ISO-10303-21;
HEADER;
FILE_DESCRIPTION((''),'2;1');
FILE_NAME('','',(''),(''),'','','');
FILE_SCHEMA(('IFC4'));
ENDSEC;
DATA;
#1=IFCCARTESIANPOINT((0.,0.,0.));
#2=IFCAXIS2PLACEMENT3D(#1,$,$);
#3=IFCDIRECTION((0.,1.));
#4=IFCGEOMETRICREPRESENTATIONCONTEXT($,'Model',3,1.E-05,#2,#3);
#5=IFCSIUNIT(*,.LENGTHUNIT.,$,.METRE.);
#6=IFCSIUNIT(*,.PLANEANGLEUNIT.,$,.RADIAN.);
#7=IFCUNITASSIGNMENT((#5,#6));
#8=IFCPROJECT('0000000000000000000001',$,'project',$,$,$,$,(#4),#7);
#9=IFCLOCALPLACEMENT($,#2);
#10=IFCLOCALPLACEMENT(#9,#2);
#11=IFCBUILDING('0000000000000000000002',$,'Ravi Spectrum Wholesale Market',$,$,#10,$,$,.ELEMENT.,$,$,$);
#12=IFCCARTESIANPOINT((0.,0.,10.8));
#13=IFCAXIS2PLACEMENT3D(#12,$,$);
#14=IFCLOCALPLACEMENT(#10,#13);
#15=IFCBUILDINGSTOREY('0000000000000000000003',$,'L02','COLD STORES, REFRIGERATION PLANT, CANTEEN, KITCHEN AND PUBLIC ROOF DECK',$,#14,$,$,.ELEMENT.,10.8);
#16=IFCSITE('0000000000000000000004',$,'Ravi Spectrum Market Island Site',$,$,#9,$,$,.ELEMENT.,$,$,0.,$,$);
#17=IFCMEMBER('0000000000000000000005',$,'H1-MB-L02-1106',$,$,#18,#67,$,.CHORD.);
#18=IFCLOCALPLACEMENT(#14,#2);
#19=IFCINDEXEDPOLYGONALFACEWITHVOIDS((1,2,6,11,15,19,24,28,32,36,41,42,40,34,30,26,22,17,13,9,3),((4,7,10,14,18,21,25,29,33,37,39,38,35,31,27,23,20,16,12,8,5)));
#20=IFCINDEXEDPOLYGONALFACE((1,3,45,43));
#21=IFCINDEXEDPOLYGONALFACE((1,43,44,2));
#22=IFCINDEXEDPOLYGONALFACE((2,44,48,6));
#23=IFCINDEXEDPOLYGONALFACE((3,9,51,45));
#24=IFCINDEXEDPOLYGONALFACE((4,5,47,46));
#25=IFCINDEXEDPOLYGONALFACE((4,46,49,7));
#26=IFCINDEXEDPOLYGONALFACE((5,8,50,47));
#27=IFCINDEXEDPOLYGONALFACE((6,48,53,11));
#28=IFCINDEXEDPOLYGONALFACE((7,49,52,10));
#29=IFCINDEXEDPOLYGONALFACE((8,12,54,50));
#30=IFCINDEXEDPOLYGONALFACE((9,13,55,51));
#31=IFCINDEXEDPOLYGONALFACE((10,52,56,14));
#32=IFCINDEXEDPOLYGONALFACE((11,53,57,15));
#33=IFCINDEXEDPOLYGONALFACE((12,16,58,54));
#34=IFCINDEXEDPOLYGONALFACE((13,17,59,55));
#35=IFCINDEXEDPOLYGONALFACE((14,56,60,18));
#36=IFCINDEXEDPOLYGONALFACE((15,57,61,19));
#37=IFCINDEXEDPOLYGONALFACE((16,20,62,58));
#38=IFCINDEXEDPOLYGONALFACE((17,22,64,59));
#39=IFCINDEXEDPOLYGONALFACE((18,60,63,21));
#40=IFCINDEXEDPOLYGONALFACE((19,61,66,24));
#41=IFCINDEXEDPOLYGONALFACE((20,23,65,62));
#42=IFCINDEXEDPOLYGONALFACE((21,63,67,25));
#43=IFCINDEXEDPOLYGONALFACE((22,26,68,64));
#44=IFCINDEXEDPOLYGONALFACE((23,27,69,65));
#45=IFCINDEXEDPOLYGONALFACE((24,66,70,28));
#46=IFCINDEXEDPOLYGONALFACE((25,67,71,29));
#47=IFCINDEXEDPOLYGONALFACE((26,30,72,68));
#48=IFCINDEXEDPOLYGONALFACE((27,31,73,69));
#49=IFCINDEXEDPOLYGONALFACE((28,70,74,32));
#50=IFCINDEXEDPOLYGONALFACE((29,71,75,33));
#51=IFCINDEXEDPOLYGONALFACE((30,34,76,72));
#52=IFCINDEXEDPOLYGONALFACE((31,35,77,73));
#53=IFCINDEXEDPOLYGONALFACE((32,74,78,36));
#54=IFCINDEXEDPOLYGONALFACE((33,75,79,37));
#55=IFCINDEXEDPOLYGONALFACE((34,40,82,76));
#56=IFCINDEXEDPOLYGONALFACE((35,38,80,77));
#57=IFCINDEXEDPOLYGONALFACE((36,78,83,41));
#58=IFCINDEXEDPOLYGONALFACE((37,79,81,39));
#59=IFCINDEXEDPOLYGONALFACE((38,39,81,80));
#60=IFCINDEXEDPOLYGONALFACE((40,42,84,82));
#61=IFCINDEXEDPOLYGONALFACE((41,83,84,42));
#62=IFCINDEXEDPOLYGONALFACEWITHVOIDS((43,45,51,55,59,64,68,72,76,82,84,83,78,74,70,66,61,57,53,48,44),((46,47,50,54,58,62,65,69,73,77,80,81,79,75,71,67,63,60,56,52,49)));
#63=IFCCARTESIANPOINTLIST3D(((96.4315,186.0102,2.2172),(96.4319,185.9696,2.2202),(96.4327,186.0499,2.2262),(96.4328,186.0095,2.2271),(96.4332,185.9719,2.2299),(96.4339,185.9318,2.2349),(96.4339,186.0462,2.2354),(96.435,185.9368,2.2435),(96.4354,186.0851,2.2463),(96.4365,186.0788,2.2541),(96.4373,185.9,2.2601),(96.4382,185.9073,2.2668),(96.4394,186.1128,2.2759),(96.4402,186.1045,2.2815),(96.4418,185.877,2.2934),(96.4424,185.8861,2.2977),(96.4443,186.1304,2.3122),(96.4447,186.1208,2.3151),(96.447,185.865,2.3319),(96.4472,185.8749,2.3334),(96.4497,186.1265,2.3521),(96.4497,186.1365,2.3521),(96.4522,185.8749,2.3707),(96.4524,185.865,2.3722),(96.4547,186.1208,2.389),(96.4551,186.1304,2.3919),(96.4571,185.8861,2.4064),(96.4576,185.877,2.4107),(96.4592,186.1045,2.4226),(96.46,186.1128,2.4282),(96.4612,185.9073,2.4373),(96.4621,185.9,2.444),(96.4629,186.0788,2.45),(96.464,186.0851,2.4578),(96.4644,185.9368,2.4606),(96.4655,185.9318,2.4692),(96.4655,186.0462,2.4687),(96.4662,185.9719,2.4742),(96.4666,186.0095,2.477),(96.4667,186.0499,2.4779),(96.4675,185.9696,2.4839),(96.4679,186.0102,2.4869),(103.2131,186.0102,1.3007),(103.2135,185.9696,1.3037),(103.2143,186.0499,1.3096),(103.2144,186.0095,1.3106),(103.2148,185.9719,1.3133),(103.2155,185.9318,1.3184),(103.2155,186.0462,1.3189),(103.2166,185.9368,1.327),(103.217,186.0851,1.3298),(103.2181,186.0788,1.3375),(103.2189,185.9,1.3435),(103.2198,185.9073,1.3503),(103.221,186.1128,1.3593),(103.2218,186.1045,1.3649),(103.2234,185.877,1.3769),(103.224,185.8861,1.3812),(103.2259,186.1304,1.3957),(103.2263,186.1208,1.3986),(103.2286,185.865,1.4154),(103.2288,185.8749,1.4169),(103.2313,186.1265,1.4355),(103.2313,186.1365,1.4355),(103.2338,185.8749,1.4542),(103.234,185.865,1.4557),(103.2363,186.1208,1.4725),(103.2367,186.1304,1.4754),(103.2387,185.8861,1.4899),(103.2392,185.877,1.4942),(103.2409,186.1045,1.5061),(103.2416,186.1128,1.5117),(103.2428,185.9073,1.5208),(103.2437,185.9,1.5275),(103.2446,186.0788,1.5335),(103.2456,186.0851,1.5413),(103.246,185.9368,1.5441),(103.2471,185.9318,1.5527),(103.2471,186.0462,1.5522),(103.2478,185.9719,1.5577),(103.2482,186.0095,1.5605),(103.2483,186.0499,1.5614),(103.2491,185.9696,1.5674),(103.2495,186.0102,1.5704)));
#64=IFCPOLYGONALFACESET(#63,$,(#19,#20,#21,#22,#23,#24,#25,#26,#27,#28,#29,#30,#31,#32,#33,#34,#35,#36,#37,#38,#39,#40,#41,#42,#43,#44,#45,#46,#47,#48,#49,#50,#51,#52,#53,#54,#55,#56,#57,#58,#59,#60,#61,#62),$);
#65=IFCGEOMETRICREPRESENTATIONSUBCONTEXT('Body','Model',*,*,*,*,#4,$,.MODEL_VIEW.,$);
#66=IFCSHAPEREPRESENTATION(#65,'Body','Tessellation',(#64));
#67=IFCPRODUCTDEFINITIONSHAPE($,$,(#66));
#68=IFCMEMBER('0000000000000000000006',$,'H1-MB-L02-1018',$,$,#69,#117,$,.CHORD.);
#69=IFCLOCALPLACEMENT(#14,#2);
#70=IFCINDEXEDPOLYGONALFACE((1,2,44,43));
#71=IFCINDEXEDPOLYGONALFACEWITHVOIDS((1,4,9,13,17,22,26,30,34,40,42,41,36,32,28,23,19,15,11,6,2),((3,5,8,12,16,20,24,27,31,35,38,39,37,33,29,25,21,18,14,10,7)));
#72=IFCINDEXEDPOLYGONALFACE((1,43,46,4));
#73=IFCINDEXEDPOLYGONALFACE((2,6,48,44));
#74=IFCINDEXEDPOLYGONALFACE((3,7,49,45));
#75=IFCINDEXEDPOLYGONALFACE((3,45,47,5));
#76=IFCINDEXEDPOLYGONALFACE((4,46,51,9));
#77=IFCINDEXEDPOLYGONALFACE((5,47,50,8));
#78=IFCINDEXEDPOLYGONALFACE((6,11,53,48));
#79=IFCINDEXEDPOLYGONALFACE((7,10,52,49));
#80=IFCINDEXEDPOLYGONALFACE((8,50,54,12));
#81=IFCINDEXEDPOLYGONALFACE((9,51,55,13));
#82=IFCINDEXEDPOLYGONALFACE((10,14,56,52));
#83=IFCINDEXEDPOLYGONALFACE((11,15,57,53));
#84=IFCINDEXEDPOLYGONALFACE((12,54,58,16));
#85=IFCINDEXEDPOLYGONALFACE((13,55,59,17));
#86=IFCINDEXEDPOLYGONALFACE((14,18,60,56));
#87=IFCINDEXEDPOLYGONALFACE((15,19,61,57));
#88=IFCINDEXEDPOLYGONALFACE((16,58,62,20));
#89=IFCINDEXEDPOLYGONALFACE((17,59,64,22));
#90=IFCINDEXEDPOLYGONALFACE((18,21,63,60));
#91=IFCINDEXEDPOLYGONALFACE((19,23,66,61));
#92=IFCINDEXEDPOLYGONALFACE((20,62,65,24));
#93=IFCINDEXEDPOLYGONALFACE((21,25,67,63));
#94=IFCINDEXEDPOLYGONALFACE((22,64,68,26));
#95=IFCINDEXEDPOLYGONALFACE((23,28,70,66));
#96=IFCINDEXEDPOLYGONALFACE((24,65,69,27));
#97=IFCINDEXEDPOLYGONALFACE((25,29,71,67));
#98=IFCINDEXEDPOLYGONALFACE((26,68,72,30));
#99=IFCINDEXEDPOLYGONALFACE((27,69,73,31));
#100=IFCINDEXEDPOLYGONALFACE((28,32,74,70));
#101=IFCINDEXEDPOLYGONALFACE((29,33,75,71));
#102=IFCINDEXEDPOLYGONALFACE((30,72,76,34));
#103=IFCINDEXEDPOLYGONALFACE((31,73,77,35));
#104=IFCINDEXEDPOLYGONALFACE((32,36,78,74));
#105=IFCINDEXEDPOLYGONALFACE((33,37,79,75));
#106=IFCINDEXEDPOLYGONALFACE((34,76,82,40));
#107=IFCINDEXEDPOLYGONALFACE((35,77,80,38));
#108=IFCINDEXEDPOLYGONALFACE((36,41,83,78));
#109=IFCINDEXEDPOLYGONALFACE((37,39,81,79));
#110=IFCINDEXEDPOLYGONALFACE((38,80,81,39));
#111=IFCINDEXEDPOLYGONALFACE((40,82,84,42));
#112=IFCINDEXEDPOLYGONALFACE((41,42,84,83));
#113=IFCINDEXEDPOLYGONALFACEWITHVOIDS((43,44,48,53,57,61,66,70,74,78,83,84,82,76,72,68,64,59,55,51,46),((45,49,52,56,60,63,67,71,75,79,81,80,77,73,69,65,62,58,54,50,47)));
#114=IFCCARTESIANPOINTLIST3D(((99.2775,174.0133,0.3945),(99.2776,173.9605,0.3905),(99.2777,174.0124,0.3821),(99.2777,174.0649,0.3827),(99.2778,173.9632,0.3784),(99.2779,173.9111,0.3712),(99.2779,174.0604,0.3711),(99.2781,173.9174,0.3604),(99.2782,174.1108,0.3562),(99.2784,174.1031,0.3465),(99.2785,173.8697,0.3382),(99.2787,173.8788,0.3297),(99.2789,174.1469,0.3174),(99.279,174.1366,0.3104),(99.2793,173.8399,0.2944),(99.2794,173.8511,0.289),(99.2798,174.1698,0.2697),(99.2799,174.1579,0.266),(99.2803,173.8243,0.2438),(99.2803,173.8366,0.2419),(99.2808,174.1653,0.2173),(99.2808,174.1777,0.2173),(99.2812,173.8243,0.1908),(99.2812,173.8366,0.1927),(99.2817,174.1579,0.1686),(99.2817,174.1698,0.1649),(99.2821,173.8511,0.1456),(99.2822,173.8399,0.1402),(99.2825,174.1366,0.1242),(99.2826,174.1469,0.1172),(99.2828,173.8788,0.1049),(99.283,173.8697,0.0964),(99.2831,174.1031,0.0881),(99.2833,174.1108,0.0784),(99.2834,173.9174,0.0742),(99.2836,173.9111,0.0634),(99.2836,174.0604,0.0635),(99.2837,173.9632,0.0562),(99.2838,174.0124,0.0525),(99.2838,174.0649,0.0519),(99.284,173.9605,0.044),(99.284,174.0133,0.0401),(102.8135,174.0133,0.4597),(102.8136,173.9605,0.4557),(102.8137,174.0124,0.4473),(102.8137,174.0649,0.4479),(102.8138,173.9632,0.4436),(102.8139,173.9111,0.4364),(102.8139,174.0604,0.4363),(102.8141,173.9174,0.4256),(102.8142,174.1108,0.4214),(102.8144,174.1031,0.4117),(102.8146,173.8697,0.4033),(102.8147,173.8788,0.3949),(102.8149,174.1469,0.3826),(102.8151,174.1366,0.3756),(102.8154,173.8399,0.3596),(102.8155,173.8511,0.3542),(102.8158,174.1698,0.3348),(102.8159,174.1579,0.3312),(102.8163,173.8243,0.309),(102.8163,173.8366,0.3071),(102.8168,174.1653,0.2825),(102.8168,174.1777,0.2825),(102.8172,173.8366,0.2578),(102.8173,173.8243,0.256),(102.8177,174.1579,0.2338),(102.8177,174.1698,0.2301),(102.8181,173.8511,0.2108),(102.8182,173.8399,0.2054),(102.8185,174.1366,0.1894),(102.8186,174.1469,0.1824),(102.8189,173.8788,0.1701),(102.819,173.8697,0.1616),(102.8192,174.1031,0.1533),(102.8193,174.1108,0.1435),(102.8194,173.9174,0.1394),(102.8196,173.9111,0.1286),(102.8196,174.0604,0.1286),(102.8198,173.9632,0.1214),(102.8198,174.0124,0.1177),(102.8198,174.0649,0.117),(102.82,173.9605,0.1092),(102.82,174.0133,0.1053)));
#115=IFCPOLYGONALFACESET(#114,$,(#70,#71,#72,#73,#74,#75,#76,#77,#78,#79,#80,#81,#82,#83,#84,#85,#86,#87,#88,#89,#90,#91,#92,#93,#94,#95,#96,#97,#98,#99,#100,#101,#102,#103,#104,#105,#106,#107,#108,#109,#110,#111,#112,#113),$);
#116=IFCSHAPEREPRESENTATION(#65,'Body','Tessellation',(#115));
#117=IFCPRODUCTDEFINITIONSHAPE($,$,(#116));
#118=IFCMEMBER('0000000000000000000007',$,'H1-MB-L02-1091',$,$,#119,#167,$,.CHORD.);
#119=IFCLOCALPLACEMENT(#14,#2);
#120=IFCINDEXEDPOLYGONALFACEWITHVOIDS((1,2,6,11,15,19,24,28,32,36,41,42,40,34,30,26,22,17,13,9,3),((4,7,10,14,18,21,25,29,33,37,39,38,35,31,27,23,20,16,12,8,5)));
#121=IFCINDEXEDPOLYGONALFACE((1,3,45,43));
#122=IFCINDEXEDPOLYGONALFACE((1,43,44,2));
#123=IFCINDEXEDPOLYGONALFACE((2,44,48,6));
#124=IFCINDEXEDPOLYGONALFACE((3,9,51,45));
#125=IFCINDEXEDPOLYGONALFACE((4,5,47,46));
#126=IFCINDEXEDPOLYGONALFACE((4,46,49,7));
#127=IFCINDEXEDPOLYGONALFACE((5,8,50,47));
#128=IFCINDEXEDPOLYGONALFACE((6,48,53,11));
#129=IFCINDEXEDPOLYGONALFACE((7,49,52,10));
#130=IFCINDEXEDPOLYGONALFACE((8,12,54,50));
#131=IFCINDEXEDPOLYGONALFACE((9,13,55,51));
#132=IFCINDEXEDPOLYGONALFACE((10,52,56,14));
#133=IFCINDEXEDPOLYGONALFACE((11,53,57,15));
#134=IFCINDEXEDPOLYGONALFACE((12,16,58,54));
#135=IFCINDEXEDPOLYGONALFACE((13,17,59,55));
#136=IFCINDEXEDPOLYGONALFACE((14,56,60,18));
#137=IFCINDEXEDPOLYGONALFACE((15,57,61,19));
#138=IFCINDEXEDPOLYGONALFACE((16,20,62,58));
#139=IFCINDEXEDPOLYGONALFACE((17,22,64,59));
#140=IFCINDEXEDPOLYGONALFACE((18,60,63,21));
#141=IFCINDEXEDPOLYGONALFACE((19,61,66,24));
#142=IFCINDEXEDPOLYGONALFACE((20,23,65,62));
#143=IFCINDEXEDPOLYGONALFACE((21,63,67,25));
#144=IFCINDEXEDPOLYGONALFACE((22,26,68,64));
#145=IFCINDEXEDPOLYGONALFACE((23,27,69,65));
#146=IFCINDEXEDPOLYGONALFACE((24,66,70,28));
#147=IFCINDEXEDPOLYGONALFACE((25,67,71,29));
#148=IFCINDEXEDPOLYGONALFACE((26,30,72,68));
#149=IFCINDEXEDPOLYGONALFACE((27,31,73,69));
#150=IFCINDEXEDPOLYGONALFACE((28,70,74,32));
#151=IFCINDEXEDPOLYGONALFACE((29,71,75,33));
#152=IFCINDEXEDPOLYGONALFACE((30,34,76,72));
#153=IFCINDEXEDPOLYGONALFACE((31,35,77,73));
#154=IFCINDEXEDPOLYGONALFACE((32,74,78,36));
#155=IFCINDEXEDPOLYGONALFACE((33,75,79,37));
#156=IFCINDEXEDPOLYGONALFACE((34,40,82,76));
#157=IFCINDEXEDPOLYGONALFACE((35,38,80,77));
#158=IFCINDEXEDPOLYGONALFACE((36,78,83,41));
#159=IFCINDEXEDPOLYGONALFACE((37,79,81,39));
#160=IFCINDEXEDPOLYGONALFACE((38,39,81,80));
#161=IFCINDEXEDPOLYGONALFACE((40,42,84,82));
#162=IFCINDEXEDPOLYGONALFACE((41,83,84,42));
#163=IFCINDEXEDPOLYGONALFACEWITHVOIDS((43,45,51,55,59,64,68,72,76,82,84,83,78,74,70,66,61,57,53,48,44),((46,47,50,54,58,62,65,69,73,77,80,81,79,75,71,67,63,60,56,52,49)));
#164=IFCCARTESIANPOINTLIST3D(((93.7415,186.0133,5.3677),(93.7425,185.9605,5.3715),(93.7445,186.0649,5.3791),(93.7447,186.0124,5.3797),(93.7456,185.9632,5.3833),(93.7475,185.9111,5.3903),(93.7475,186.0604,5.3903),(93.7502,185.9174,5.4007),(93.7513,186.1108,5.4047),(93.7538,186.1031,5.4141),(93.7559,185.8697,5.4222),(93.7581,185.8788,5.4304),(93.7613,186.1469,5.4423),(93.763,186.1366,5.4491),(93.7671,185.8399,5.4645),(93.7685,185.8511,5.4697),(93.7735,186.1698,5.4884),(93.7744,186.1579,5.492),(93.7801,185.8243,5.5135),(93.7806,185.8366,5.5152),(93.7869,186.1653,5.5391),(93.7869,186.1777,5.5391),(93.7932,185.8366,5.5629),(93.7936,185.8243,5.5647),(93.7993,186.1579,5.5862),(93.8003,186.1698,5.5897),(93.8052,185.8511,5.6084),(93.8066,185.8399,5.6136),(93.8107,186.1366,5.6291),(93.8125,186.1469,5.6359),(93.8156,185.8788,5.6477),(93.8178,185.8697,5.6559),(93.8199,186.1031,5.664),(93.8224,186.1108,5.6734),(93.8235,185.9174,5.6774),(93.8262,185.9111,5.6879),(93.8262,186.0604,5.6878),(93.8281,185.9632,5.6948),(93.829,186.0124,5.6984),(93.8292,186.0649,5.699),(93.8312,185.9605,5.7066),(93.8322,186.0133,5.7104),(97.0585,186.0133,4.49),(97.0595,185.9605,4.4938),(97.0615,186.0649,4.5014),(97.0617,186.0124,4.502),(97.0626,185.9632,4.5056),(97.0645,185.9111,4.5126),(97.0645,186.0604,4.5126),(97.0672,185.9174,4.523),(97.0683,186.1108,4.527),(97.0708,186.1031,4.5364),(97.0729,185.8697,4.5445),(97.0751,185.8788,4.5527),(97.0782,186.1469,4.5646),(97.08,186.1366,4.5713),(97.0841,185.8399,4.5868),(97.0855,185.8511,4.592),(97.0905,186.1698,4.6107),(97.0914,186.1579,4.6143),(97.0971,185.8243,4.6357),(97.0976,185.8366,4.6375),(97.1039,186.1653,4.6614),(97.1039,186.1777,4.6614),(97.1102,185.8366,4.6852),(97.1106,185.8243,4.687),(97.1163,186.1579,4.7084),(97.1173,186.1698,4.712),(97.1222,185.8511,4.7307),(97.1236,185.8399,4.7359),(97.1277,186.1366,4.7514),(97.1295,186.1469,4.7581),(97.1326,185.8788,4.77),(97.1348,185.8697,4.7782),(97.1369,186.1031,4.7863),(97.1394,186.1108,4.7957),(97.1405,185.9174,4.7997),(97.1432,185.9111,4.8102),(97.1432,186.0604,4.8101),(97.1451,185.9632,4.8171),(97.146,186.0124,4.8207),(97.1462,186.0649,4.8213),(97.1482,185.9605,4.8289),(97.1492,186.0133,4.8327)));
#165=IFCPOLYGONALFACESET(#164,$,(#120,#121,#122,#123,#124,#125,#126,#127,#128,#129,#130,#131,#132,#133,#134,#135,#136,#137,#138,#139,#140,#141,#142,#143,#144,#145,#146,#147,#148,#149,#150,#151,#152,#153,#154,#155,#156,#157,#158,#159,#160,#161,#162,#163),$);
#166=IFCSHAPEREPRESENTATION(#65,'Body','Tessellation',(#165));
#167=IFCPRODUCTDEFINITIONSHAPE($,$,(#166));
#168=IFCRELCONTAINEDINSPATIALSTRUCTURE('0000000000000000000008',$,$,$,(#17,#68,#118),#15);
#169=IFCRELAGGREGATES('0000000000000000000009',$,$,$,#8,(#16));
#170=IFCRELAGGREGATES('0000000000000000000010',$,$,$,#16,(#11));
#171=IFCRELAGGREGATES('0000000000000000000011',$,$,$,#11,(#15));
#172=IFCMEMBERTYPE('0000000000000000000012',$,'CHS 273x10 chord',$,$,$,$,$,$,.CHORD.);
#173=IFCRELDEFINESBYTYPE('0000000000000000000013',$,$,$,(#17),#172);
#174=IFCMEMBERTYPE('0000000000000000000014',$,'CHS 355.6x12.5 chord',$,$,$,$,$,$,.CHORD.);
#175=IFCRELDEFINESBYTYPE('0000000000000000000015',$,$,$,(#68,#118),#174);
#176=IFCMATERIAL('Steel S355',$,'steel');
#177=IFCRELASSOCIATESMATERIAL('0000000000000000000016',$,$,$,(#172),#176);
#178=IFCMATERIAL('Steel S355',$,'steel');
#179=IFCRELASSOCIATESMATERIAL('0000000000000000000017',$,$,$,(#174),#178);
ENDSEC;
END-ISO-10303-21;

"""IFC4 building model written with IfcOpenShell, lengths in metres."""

from ifc_helpers import new_model, si_unit, direction, frame, origin, origin_2d, place, context, subcontext, project, spatial, hollow_circle, extrude, material, material_profile, profile_set, type_object, element, save


model = new_model("IFC4")

# Units and contexts
model_context = context("Model", 3, precision=1e-05, world=origin(), true_north=direction((0.0, 1.0)))
body_context = subcontext(model_context, "Body", "Model", "MODEL_VIEW")
ifc_project = project(units=[si_unit("LENGTHUNIT", "METRE"), si_unit("PLANEANGLEUNIT", "RADIAN")], contexts=[model_context])

# Site, building, storey
site_placement = place(None, origin())
site = spatial("IfcSite", under=ifc_project, at=site_placement, Name="Ravi Spectrum Market Island Site", CompositionType="ELEMENT", RefElevation=0.0)
building_placement = place(site_placement, origin())
building = spatial("IfcBuilding", under=site, at=building_placement, Name="Ravi Spectrum Wholesale Market", CompositionType="ELEMENT")
storey_placement = place(building_placement, frame((0.0, 0.0, 10.8)))
storey = spatial("IfcBuildingStorey", under=building, at=storey_placement, Name="L02", Description="COLD STORES, REFRIGERATION PLANT, CANTEEN, KITCHEN AND PUBLIC ROOF DECK", CompositionType="ELEMENT", Elevation=10.8)

# Members
ifc_material_1 = material(Name="Steel S355", Category="steel")
ifc_material_profile_1 = material_profile(ifc_material_1, hollow_circle(Radius=0.1365, WallThickness=0.01, at=origin_2d()))
ifc_profile_set_1 = profile_set([ifc_material_profile_1], Name="Steel S355")
member_type_1 = type_object("IfcMemberType", Name="CHS 273x10 chord", PredefinedType="CHORD", material=ifc_profile_set_1)
member_1_placement = place(storey_placement, frame((96.4497, 186.0, 2.3521), z_axis=(0.990991, 0.0, -0.13393), x_axis=(0.0, 1.0, 0.0)))
element("IfcMember", 1, at=member_1_placement, inside=storey, type_object=member_type_1, Name="H1-MB-L02-1106", PredefinedType="CHORD", context=body_context, shape_type="SweptSolid", body=[
    extrude(hollow_circle(Radius=0.1365, WallThickness=0.01, at=origin_2d()), origin(), (0.0, 0.0, 1.0), 6.8433),
])
ifc_material_2 = material(Name="Steel S355", Category="steel")
ifc_material_profile_2 = material_profile(ifc_material_2, hollow_circle(Radius=0.1777, WallThickness=0.0125, at=origin_2d()))
ifc_profile_set_2 = profile_set([ifc_material_profile_2], Name="Steel S355")
member_type_2 = type_object("IfcMemberType", Name="CHS 355.6x12.5 chord", PredefinedType="CHORD", material=ifc_profile_set_2)
member_2_placement = place(storey_placement, frame((99.2808, 174.0, 0.2173), z_axis=(0.99983, 0.0, 0.018431), x_axis=(0.0, 1.0, 0.0)))
element("IfcMember", 2, at=member_2_placement, inside=storey, type_object=member_type_2, Name="H1-MB-L02-1018", PredefinedType="CHORD", context=body_context, shape_type="SweptSolid", body=[
    extrude(hollow_circle(Radius=0.1777, WallThickness=0.0125, at=origin_2d()), origin(), (0.0, 0.0, 1.0), 3.5366),
])
for number, where, z_axis, x_axis, name in (
    (3, (93.7869, 186.0, 5.5391), (0.966728, 0.0, -0.255807), (0.0, 1.0, 0.0), "H1-MB-L02-1091"),
):
    element("IfcMember", number, at=place(storey_placement, frame(where, z_axis=z_axis, x_axis=x_axis)), inside=storey, type_object=member_type_2, Name=name, PredefinedType="CHORD", context=body_context, shape_type="SweptSolid", body=[
        extrude(hollow_circle(Radius=0.1777, WallThickness=0.0125, at=origin_2d()), origin(), (0.0, 0.0, 1.0), 3.4312),
    ])

save(model, "model.ifc")
